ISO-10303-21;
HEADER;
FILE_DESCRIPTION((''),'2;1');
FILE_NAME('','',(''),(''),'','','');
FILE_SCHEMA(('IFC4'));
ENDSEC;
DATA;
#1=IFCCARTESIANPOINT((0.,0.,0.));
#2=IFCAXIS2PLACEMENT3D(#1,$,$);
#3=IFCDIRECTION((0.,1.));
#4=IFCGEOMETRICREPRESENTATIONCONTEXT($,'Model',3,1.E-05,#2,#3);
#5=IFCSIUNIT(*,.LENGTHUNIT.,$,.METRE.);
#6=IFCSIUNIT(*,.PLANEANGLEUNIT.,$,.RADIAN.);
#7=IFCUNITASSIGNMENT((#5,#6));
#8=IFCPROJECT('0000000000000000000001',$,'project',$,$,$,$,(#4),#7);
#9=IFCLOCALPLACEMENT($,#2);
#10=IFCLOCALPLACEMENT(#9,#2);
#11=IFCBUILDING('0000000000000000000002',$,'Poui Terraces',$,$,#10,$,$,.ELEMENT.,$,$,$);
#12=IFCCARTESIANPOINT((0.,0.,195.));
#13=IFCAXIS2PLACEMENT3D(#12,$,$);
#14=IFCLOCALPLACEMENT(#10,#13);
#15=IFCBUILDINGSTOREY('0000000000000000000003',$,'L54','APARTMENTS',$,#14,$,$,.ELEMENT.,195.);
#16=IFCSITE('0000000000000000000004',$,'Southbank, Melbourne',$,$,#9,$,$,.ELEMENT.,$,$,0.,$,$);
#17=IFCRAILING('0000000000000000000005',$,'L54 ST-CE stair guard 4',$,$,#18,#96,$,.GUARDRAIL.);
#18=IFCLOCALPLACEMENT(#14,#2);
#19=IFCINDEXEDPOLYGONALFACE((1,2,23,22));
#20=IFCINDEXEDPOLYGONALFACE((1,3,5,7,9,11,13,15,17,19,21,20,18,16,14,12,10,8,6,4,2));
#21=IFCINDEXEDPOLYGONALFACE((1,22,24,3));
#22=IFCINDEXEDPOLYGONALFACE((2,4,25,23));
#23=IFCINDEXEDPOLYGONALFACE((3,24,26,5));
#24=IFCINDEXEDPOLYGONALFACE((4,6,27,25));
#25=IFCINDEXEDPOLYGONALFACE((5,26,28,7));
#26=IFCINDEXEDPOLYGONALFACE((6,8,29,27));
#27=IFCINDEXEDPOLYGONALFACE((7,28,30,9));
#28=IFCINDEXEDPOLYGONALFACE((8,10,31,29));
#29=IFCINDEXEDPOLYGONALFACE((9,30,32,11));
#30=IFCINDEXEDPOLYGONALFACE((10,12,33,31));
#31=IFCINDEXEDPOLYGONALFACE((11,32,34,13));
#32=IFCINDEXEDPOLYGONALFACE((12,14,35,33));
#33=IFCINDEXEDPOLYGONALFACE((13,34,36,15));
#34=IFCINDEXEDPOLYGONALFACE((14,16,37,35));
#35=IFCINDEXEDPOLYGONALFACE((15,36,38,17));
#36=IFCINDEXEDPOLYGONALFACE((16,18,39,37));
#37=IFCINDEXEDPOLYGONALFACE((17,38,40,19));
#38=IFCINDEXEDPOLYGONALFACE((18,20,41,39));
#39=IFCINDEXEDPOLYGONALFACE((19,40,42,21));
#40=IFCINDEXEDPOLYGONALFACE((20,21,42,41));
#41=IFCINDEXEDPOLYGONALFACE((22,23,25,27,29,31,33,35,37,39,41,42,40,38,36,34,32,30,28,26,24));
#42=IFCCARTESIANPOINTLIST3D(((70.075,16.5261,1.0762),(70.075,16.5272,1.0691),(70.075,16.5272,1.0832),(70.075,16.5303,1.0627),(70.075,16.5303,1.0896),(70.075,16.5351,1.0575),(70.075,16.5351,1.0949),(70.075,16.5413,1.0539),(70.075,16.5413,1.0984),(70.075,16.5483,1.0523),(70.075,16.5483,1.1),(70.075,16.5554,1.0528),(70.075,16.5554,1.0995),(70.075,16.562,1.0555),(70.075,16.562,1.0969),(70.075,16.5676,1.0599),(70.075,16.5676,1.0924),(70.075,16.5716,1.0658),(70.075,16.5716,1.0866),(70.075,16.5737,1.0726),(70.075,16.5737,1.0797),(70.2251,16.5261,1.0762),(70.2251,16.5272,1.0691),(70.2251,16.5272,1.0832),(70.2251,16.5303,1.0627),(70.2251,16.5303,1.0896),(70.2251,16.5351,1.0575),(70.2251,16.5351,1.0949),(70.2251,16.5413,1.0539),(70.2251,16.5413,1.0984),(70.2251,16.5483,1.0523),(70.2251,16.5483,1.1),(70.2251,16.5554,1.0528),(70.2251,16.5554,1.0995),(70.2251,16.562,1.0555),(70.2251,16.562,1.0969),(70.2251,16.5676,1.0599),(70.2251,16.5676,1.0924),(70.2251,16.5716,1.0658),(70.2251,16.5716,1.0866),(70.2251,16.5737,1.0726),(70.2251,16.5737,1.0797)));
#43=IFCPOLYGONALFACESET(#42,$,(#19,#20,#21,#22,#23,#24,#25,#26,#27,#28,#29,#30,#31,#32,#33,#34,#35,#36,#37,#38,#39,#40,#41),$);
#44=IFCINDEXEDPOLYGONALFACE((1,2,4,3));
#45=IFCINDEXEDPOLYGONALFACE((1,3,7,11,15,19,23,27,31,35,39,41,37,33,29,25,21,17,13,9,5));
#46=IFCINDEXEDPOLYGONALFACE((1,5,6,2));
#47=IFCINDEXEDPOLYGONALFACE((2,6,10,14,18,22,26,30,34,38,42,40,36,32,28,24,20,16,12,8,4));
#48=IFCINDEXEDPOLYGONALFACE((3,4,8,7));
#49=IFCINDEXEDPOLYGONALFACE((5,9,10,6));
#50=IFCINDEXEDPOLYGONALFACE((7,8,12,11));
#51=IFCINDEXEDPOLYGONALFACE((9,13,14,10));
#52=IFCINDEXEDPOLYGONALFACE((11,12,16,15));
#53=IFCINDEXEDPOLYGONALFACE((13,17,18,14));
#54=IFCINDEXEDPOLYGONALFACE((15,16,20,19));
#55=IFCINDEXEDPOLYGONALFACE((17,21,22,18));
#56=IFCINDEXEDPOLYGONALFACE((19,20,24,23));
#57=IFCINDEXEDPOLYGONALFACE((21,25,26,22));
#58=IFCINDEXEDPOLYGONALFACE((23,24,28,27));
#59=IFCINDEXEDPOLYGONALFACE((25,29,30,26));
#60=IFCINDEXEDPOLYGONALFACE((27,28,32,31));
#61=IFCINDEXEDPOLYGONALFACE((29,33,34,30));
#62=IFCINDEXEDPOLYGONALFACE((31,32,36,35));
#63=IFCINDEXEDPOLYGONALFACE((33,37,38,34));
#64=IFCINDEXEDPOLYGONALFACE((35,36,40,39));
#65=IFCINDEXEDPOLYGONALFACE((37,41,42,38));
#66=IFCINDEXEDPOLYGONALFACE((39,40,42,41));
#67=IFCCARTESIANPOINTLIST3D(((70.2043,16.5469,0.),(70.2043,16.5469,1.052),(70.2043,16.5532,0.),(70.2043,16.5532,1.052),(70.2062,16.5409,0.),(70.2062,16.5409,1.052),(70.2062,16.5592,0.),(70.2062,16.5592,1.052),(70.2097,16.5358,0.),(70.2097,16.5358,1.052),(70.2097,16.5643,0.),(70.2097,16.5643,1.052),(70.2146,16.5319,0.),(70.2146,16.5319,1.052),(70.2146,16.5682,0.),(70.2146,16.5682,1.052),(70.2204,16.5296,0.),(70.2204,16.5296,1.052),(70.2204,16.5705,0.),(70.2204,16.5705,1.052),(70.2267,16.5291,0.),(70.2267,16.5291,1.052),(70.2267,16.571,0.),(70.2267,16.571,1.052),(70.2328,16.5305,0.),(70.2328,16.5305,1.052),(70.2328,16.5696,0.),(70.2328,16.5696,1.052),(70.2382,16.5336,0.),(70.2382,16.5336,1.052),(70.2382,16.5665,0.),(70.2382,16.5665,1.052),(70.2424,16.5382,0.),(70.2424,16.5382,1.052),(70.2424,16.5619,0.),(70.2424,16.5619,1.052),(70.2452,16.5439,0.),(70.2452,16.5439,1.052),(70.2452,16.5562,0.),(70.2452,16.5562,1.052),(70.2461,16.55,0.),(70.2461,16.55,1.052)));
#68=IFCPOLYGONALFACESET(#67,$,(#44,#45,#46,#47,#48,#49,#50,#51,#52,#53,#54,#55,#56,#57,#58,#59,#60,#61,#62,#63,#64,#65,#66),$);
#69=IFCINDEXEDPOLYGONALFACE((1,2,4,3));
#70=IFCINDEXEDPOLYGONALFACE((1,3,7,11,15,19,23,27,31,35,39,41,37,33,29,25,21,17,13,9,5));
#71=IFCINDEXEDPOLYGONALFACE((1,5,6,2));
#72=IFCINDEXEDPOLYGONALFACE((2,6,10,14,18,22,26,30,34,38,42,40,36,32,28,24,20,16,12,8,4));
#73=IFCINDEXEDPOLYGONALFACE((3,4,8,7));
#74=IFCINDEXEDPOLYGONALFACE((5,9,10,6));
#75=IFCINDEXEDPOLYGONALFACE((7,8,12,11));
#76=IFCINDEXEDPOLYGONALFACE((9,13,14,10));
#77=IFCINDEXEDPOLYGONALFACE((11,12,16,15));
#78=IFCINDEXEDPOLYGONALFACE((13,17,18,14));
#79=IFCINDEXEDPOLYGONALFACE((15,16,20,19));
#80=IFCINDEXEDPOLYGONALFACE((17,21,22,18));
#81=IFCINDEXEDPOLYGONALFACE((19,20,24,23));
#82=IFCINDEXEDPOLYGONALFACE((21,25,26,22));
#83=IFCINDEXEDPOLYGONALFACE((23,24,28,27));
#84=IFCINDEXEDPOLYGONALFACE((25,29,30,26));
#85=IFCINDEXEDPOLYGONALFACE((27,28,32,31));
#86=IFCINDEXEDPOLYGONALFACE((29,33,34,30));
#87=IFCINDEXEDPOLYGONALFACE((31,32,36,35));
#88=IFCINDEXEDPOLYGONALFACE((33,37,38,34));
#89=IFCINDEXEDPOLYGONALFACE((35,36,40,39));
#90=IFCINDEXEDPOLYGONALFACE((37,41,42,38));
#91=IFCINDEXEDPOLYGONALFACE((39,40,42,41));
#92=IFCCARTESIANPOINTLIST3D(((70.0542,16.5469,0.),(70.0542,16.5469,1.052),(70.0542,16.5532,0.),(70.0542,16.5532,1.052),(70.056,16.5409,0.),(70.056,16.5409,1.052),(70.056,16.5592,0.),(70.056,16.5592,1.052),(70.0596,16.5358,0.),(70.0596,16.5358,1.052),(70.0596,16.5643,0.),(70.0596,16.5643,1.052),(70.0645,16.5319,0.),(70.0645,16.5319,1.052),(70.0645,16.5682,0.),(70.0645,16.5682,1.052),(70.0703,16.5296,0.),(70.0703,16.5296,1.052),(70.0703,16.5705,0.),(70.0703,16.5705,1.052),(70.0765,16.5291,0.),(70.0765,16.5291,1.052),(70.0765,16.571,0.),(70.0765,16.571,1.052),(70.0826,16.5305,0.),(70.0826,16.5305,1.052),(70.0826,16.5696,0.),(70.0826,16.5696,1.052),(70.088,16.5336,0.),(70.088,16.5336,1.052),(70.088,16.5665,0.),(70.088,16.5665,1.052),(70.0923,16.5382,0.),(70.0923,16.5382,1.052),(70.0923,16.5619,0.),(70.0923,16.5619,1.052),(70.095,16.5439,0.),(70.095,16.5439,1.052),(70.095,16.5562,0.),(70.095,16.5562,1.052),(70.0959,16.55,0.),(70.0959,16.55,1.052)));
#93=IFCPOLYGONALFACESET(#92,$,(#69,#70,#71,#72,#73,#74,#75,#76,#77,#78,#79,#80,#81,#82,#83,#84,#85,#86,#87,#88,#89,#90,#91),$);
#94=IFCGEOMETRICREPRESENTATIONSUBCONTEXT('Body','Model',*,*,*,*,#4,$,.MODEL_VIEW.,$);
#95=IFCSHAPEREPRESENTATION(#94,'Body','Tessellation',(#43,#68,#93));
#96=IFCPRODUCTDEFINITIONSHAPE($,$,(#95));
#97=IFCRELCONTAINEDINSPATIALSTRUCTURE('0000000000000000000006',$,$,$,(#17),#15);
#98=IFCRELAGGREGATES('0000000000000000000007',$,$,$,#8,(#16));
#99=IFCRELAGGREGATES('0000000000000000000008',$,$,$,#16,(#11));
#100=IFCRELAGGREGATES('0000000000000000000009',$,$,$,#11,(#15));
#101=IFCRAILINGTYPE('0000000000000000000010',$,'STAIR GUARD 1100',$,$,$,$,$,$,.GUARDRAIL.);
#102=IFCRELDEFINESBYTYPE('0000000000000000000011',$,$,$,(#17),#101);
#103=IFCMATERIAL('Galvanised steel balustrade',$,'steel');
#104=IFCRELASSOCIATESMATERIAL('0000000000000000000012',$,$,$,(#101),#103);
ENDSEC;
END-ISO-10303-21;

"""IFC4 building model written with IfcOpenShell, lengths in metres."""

from ifc_helpers import new_model, si_unit, direction, frame, origin, origin_2d, place, context, subcontext, project, spatial, circle, extrude, material, type_object, element, save


model = new_model("IFC4")

# Units and contexts
model_context = context("Model", 3, precision=1e-05, world=origin(), true_north=direction((0.0, 1.0)))
body_context = subcontext(model_context, "Body", "Model", "MODEL_VIEW")
ifc_project = project(units=[si_unit("LENGTHUNIT", "METRE"), si_unit("PLANEANGLEUNIT", "RADIAN")], contexts=[model_context])

# Site, building, storey
site_placement = place(None, origin())
site = spatial("IfcSite", under=ifc_project, at=site_placement, Name="Southbank, Melbourne", CompositionType="ELEMENT", RefElevation=0.0)
building_placement = place(site_placement, origin())
building = spatial("IfcBuilding", under=site, at=building_placement, Name="Poui Terraces", CompositionType="ELEMENT")
storey_placement = place(building_placement, frame((0.0, 0.0, 195.0)))
storey = spatial("IfcBuildingStorey", under=building, at=storey_placement, Name="L54", Description="APARTMENTS", CompositionType="ELEMENT", Elevation=195.0)

# Railing
ifc_material_1 = material(Name="Galvanised steel balustrade", Category="steel")
railing_type_1 = type_object("IfcRailingType", Name="STAIR GUARD 1100", PredefinedType="GUARDRAIL", material=ifc_material_1)
railing_1_placement = place(storey_placement, frame((70.2251, 16.55, 0.0)))
element("IfcRailing", 1, at=railing_1_placement, inside=storey, type_object=railing_type_1, Name="L54 ST-CE stair guard 4", PredefinedType="GUARDRAIL", context=body_context, shape_type="SweptSolid", body=[
    extrude(circle(Radius=0.0239, at=origin_2d()), frame((0.0, 0.0, 1.0762), z_axis=(-1.0, 0.0, 0.0), x_axis=(0.0, -1.0, 0.0)), (0.0, 0.0, 1.0), 0.1501),
    extrude(circle(Radius=0.021, at=origin_2d()), origin(), (0.0, 0.0, 1.0), 1.052),
    extrude(circle(Radius=0.021, at=origin_2d()), frame((-0.1501, 0.0, 0.0)), (0.0, 0.0, 1.0), 1.052),
])

save(model, "model.ifc")
